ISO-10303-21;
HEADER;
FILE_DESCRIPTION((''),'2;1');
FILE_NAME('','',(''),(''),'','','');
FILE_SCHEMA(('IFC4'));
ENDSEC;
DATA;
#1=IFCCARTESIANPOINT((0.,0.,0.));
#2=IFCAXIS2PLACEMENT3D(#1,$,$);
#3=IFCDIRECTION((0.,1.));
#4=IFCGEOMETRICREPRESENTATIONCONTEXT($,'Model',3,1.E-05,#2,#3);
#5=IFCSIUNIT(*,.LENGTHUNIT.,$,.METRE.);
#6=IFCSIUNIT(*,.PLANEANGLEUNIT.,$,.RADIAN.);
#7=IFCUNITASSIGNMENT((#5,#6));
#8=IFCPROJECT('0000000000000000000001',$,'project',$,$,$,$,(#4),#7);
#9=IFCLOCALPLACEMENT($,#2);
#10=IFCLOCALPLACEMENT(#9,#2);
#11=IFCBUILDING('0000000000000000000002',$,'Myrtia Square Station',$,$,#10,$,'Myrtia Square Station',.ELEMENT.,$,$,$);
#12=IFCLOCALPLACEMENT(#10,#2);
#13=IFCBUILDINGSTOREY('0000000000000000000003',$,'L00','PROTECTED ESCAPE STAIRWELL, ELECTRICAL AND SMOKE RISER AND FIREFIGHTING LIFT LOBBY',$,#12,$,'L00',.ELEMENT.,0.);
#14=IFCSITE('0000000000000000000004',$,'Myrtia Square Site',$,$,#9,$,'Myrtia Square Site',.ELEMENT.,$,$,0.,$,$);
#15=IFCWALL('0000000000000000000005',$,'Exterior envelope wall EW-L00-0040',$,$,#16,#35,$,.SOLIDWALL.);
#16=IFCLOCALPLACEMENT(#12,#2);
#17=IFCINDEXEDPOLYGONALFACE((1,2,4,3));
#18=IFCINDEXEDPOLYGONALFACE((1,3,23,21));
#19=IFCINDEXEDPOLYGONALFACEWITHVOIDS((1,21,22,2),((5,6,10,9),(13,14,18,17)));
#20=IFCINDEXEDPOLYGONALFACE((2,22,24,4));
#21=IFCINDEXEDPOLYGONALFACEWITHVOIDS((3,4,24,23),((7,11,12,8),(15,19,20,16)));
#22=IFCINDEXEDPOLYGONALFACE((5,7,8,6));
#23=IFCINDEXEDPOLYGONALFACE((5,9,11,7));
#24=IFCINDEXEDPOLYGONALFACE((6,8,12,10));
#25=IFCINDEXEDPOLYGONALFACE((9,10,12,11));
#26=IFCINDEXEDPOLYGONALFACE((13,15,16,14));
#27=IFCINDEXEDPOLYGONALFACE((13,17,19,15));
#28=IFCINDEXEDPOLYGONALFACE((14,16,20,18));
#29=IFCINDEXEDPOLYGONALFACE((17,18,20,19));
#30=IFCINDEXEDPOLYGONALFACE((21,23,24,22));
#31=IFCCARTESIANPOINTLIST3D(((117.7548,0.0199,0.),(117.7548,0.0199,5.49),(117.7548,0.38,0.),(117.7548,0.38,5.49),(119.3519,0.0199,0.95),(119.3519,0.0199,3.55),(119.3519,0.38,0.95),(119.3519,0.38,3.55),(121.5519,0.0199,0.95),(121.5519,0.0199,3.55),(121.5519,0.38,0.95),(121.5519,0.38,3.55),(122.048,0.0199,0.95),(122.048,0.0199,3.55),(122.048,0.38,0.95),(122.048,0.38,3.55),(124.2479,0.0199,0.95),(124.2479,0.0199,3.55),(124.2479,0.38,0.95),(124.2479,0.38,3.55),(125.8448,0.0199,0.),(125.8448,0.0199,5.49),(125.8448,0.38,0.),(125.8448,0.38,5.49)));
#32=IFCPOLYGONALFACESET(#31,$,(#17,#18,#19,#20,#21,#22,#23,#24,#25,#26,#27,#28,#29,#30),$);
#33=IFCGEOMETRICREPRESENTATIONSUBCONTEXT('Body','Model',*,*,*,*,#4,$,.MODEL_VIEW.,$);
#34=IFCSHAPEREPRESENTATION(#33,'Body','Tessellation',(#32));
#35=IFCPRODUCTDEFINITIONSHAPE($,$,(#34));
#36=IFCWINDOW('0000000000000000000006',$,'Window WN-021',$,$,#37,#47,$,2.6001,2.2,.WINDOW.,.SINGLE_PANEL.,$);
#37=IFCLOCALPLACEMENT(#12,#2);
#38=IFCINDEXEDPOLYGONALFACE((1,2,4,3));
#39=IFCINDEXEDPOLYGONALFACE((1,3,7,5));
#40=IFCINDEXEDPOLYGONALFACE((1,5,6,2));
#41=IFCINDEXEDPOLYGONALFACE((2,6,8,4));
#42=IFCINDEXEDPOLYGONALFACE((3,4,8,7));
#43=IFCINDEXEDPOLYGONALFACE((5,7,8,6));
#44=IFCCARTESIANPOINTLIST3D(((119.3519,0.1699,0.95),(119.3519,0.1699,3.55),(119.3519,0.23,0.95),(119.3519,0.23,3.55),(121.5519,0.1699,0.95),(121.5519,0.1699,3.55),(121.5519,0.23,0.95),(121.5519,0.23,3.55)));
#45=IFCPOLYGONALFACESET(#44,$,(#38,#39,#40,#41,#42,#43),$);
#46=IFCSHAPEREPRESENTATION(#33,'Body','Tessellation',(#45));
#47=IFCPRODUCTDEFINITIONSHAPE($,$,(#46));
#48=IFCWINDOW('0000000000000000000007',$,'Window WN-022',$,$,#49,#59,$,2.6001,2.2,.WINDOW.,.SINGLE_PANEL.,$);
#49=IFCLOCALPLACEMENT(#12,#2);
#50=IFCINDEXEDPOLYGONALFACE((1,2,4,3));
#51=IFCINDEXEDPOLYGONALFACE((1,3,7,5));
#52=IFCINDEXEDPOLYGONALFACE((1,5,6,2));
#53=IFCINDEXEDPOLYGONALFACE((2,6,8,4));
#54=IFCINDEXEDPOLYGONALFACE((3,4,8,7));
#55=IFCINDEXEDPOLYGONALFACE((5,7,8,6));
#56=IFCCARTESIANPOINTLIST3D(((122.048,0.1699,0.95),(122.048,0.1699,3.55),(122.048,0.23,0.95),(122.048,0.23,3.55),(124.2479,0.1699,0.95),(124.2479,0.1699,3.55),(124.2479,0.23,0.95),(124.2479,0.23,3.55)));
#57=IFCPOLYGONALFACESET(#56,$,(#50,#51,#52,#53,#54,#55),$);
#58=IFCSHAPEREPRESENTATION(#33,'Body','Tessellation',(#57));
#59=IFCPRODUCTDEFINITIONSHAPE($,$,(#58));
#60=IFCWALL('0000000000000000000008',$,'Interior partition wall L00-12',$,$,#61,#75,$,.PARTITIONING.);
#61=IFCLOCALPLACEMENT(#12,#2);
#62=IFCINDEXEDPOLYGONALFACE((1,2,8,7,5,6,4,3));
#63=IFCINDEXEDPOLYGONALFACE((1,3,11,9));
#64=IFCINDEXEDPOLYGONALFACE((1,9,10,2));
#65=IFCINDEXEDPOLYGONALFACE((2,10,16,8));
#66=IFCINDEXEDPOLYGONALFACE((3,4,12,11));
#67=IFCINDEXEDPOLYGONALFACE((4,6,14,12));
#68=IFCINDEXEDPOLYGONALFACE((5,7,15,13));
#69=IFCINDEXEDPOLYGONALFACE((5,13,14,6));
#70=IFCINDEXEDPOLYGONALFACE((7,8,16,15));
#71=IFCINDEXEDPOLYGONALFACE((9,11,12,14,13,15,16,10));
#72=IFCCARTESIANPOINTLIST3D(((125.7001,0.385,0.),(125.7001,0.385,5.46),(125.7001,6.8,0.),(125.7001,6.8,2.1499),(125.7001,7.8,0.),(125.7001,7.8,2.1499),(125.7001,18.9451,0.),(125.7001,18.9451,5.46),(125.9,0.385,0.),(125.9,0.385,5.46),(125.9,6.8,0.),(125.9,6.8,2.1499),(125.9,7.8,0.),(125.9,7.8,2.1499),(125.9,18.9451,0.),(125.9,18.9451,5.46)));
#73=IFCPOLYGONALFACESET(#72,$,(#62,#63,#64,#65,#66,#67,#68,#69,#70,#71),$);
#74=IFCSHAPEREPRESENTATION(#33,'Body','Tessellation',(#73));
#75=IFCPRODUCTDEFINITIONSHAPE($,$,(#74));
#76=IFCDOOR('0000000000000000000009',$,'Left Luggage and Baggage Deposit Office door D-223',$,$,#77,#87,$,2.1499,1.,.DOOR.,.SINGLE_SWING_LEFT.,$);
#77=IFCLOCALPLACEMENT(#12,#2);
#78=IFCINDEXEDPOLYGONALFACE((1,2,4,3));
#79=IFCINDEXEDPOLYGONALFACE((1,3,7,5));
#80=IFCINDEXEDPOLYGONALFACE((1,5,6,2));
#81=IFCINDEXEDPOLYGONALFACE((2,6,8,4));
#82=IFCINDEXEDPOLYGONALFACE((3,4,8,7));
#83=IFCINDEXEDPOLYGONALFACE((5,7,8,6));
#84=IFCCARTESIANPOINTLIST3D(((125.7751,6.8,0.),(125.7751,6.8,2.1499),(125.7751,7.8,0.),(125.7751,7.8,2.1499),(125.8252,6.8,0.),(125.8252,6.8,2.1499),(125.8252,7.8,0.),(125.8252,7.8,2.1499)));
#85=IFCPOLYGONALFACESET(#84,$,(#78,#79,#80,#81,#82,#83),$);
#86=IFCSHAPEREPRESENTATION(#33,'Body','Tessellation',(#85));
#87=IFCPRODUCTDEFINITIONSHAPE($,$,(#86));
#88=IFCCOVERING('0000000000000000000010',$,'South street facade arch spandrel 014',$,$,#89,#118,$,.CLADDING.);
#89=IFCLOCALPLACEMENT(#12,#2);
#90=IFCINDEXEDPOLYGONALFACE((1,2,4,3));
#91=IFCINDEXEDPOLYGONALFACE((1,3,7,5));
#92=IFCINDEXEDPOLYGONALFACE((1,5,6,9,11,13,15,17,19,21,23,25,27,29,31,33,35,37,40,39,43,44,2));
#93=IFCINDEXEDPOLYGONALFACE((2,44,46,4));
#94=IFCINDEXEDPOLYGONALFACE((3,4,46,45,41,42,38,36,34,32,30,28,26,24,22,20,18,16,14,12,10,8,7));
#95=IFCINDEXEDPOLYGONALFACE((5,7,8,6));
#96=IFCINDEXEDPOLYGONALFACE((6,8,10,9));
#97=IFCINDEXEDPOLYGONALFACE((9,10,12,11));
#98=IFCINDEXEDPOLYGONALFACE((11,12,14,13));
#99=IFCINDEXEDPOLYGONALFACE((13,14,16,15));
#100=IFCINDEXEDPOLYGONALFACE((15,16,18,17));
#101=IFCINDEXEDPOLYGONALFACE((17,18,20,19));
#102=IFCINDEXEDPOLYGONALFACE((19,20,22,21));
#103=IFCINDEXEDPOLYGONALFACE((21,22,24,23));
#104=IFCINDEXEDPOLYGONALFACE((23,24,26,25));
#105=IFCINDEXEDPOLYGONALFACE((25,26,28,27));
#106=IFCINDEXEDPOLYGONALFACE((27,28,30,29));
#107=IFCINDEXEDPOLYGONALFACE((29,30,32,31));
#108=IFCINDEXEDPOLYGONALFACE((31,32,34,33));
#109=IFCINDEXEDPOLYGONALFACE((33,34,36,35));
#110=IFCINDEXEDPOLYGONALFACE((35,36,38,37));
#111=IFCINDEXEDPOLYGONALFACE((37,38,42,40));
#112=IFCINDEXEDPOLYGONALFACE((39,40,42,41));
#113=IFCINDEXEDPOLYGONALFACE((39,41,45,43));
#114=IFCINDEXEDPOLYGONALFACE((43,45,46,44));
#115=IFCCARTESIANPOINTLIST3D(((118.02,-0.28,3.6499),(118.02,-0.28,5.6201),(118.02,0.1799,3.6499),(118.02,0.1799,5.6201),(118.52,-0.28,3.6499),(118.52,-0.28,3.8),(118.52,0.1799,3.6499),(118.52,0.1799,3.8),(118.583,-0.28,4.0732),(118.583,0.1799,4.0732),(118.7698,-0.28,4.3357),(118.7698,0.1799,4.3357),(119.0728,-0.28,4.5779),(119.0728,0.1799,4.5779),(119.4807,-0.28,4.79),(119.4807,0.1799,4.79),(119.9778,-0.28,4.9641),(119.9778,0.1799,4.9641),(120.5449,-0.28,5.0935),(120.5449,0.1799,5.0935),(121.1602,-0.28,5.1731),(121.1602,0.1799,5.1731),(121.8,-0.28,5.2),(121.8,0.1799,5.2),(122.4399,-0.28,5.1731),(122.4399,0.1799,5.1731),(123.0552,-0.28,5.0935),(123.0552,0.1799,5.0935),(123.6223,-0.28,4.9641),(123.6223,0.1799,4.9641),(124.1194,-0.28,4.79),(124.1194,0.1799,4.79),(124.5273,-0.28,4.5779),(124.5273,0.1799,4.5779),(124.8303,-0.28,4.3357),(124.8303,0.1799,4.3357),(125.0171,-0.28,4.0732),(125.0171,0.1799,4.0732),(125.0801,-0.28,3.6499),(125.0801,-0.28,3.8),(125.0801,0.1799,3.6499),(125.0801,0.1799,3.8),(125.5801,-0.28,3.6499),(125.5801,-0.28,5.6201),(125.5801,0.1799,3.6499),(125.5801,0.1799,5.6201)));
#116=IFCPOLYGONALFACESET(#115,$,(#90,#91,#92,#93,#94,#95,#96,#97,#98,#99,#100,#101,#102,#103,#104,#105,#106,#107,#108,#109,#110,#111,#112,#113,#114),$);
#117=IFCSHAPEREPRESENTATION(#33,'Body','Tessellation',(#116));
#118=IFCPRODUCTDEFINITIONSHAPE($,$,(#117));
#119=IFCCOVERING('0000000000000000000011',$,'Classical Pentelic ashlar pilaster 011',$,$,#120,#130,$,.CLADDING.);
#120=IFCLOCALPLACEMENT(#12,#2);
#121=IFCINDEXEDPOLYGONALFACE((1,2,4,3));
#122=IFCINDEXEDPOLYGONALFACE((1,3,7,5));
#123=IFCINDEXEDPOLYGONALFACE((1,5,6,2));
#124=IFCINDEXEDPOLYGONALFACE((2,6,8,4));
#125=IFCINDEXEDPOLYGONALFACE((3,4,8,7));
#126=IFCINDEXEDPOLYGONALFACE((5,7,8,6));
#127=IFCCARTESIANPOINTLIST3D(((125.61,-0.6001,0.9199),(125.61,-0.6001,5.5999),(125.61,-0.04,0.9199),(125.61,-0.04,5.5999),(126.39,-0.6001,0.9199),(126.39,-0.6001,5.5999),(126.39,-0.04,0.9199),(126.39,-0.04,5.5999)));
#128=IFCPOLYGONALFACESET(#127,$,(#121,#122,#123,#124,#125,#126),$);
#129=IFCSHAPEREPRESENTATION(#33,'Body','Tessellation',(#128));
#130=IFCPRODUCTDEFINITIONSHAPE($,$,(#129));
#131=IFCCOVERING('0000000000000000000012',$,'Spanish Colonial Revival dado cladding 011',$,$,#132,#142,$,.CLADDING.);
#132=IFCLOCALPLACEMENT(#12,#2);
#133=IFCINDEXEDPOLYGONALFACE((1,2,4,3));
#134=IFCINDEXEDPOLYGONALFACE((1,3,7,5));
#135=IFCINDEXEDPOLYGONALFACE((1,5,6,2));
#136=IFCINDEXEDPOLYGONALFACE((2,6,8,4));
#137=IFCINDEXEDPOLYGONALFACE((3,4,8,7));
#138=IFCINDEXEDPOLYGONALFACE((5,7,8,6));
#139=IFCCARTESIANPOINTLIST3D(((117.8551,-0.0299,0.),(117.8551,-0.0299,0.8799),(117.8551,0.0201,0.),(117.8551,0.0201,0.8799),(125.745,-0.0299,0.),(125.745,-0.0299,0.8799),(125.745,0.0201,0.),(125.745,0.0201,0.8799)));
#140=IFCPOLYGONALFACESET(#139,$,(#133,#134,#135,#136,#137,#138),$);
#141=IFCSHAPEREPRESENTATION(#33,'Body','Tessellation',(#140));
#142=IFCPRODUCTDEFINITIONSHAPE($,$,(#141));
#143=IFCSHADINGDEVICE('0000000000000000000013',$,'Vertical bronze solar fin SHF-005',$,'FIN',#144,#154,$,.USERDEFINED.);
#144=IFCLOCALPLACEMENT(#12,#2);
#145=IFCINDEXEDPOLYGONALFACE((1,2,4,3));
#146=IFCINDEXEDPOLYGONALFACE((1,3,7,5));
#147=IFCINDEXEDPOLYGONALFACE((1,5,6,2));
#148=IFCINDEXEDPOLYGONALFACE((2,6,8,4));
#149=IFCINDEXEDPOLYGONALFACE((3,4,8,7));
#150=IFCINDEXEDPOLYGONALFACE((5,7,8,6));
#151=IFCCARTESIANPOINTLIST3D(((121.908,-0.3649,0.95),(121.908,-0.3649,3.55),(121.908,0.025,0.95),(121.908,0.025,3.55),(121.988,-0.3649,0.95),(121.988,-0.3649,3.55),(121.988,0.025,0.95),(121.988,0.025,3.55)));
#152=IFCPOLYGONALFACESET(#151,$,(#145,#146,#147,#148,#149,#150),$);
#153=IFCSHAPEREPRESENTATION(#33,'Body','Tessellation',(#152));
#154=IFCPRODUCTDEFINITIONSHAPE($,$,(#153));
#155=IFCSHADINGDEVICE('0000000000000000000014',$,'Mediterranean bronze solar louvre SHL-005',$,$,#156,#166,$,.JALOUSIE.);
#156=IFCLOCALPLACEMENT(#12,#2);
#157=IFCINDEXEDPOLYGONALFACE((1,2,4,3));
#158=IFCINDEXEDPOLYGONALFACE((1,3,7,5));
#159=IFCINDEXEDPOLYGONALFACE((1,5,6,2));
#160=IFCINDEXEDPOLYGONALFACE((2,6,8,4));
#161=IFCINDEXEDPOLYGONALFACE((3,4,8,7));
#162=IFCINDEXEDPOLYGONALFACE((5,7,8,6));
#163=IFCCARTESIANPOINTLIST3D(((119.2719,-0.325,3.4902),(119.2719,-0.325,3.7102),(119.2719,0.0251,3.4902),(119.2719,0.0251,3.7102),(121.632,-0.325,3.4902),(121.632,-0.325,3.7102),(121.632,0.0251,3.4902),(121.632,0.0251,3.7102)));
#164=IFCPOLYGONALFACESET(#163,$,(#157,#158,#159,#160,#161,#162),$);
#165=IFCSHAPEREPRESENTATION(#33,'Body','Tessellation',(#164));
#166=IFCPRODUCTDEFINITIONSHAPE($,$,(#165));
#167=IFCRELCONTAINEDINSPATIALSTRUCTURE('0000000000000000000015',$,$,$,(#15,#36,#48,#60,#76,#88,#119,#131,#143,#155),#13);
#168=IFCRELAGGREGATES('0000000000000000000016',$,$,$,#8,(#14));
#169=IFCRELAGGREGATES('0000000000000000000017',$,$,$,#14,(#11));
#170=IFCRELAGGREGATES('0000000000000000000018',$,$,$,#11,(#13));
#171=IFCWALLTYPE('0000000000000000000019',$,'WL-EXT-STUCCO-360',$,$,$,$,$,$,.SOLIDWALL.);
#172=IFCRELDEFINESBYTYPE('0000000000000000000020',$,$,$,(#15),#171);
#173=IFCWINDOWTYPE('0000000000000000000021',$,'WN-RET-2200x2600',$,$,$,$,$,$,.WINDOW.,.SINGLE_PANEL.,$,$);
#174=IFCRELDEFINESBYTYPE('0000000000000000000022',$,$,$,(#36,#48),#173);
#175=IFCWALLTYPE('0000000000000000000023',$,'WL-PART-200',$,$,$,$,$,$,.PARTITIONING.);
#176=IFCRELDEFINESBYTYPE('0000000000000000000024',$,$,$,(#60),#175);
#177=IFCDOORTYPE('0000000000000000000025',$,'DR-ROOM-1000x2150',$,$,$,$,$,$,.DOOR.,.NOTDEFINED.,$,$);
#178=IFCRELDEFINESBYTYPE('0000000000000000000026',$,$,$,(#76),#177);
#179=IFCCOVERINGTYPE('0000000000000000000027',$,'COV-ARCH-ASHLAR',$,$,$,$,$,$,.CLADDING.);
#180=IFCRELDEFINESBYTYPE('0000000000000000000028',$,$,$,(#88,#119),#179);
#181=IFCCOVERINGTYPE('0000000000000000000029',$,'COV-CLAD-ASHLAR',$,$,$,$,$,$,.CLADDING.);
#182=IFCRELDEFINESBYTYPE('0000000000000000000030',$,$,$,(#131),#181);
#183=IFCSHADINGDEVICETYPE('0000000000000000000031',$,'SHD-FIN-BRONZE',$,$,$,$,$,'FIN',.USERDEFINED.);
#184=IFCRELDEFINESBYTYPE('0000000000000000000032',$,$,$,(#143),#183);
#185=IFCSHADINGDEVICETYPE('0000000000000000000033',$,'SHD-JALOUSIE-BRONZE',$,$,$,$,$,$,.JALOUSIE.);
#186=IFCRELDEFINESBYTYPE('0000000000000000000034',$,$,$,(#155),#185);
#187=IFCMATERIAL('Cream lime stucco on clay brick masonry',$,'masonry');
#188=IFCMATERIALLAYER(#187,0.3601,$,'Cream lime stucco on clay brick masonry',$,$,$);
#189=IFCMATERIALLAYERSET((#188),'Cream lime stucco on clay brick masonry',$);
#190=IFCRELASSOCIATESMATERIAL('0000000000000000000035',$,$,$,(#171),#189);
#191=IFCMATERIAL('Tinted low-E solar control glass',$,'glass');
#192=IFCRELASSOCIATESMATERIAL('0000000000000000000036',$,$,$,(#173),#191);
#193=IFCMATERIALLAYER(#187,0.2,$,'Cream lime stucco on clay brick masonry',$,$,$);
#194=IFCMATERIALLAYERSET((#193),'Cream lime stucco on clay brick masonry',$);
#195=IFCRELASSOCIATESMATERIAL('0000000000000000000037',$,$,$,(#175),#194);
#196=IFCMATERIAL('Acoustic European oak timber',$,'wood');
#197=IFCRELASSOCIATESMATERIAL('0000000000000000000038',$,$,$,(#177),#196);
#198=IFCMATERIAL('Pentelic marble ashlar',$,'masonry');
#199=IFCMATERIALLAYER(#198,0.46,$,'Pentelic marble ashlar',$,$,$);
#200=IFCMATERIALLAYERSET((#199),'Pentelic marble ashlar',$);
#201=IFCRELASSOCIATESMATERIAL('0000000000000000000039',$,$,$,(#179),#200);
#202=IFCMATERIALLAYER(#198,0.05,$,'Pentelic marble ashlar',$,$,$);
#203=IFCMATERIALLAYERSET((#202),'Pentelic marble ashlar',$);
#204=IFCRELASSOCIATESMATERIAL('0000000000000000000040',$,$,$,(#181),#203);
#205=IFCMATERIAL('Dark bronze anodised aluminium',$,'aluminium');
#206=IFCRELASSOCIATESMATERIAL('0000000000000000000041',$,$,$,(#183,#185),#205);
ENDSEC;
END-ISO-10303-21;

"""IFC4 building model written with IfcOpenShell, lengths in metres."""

from ifc_helpers import new_model, si_unit, direction, frame, frame_2d, origin, origin_2d, place, context, subcontext, project, spatial, polyline, rectangle, outline, extrude, material, layer, layer_set, type_object, element, fill, save


model = new_model("IFC4")

# Units and contexts
model_context = context("Model", 3, precision=1e-05, world=origin(), true_north=direction((0.0, 1.0)))
body_context = subcontext(model_context, "Body", "Model", "MODEL_VIEW")
ifc_project = project(units=[si_unit("LENGTHUNIT", "METRE"), si_unit("PLANEANGLEUNIT", "RADIAN")], contexts=[model_context])

# Site, building, storey
site_placement = place(None, origin())
site = spatial("IfcSite", under=ifc_project, at=site_placement, Name="Myrtia Square Site", LongName="Myrtia Square Site", CompositionType="ELEMENT", RefElevation=0.0)
building_placement = place(site_placement, origin())
building = spatial("IfcBuilding", under=site, at=building_placement, Name="Myrtia Square Station", LongName="Myrtia Square Station", CompositionType="ELEMENT")
storey_placement = place(building_placement, origin())
storey = spatial("IfcBuildingStorey", under=building, at=storey_placement, Name="L00", Description="PROTECTED ESCAPE STAIRWELL, ELECTRICAL AND SMOKE RISER AND FIREFIGHTING LIFT LOBBY", LongName="L00", CompositionType="ELEMENT", Elevation=0.0)

# Shared definitions
ifc_material_1 = material(Name="Dark bronze anodised aluminium", Category="aluminium")

# Wall, openings, windows
ifc_material_2 = material(Name="Cream lime stucco on clay brick masonry", Category="masonry")
ifc_layer_1 = layer(ifc_material_2, 0.3601, Name="Cream lime stucco on clay brick masonry")
ifc_layer_set_1 = layer_set([ifc_layer_1], Name="Cream lime stucco on clay brick masonry")
wall_type_1 = type_object("IfcWallType", Name="WL-EXT-STUCCO-360", PredefinedType="SOLIDWALL", material=ifc_layer_set_1)
wall_1_placement = place(storey_placement, frame((117.7549, 0.2, 0.0), z_axis=(0.0, 0.0, 1.0), x_axis=(1.0, 0.0, 0.0)))
wall_1 = element("IfcWall", 1, at=wall_1_placement, inside=storey, type_object=wall_type_1, Name="Exterior envelope wall EW-L00-0040", PredefinedType="SOLIDWALL", context=body_context, shape_type="SweptSolid", body=[
    extrude(rectangle(XDim=8.0901, YDim=0.3601, at=frame_2d((4.0449, 0.0))), origin(), (0.0, 0.0, 1.0), 5.49),
])
opening_1_placement = place(wall_1_placement, frame((1.5969, 0.0, 0.95)))
opening_1 = element("IfcOpeningElement", 2, at=opening_1_placement, cuts=wall_1, PredefinedType="OPENING", context=body_context, shape_type="SweptSolid", body=[
    extrude(rectangle(XDim=2.2, YDim=2.6001, at=frame_2d((1.1001, 1.3))), frame((0.0, 0.1951, 0.0), z_axis=(0.0, -1.0, 0.0), x_axis=(1.0, 0.0, 0.0)), (0.0, 0.0, 1.0), 0.3901),
])
opening_2_placement = place(wall_1_placement, frame((4.293, 0.0, 0.95)))
opening_2 = element("IfcOpeningElement", 3, at=opening_2_placement, cuts=wall_1, PredefinedType="OPENING", context=body_context, shape_type="SweptSolid", body=[
    extrude(rectangle(XDim=2.2, YDim=2.6001, at=frame_2d((1.1001, 1.3))), frame((0.0, 0.1951, 0.0), z_axis=(0.0, -1.0, 0.0), x_axis=(1.0, 0.0, 0.0)), (0.0, 0.0, 1.0), 0.3901),
])
ifc_material_3 = material(Name="Tinted low-E solar control glass", Category="glass")
window_type = type_object("IfcWindowType", Name="WN-RET-2200x2600", PartitioningType="SINGLE_PANEL", PredefinedType="WINDOW", material=ifc_material_3)
window_1_placement = place(opening_1_placement, origin())
window_1 = element("IfcWindow", 4, at=window_1_placement, inside=storey, type_object=window_type, Name="Window WN-021", OverallHeight=2.6001, OverallWidth=2.2, PartitioningType="SINGLE_PANEL", PredefinedType="WINDOW", context=body_context, shape_type="SweptSolid", body=[
    extrude(rectangle(XDim=2.2, YDim=2.6001, at=frame_2d((1.1001, 1.3))), frame((0.0, 0.03, 0.0), z_axis=(0.0, -1.0, 0.0), x_axis=(1.0, 0.0, 0.0)), (0.0, 0.0, 1.0), 0.0601),
])
fill(opening_1, window_1)
window_2_placement = place(opening_2_placement, origin())
window_2 = element("IfcWindow", 5, at=window_2_placement, inside=storey, type_object=window_type, Name="Window WN-022", OverallHeight=2.6001, OverallWidth=2.2, PartitioningType="SINGLE_PANEL", PredefinedType="WINDOW", context=body_context, shape_type="SweptSolid", body=[
    extrude(rectangle(XDim=2.2, YDim=2.6001, at=frame_2d((1.1001, 1.3))), frame((0.0, 0.03, 0.0), z_axis=(0.0, -1.0, 0.0), x_axis=(1.0, 0.0, 0.0)), (0.0, 0.0, 1.0), 0.0601),
])
fill(opening_2, window_2)

# Wall, opening, door
ifc_layer_2 = layer(ifc_material_2, 0.2, Name="Cream lime stucco on clay brick masonry")
ifc_layer_set_2 = layer_set([ifc_layer_2], Name="Cream lime stucco on clay brick masonry")
wall_type_2 = type_object("IfcWallType", Name="WL-PART-200", PredefinedType="PARTITIONING", material=ifc_layer_set_2)
wall_2_placement = place(storey_placement, frame((125.8, 0.385, 0.0), z_axis=(0.0, 0.0, 1.0), x_axis=(0.0, 1.0, 0.0)))
wall_2 = element("IfcWall", 6, at=wall_2_placement, inside=storey, type_object=wall_type_2, Name="Interior partition wall L00-12", PredefinedType="PARTITIONING", context=body_context, shape_type="SweptSolid", body=[
    extrude(rectangle(XDim=18.5601, YDim=0.2, at=frame_2d((9.28, 0.0))), origin(), (0.0, 0.0, 1.0), 5.46),
])
opening_3_placement = place(wall_2_placement, frame((6.415, 0.0, 0.0)))
opening_3 = element("IfcOpeningElement", 7, at=opening_3_placement, cuts=wall_2, PredefinedType="OPENING", context=body_context, shape_type="SweptSolid", body=[
    extrude(rectangle(XDim=1.0, YDim=2.1499, at=frame_2d((0.5, 1.075))), frame((0.0, 0.115, 0.0), z_axis=(0.0, -1.0, 0.0), x_axis=(1.0, 0.0, 0.0)), (0.0, 0.0, 1.0), 0.23),
])
ifc_material_4 = material(Name="Acoustic European oak timber", Category="wood")
door_type_1 = type_object("IfcDoorType", Name="DR-ROOM-1000x2150", OperationType="NOTDEFINED", PredefinedType="DOOR", material=ifc_material_4)
door_1_placement = place(opening_3_placement, origin())
door_1 = element("IfcDoor", 8, at=door_1_placement, inside=storey, type_object=door_type_1, Name="Left Luggage and Baggage Deposit Office door D-223", OperationType="SINGLE_SWING_LEFT", OverallHeight=2.1499, OverallWidth=1.0, PredefinedType="DOOR", context=body_context, shape_type="SweptSolid", body=[
    extrude(rectangle(XDim=1.0, YDim=2.1499, at=frame_2d((0.5, 1.075))), frame((0.0, 0.0249, 0.0), z_axis=(0.0, -1.0, 0.0), x_axis=(1.0, 0.0, 0.0)), (0.0, 0.0, 1.0), 0.05),
])
fill(opening_3, door_1)

# Coverings
ifc_material_5 = material(Name="Pentelic marble ashlar", Category="masonry")
ifc_layer_3 = layer(ifc_material_5, 0.46, Name="Pentelic marble ashlar")
ifc_layer_set_3 = layer_set([ifc_layer_3], Name="Pentelic marble ashlar")
covering_type_1 = type_object("IfcCoveringType", Name="COV-ARCH-ASHLAR", PredefinedType="CLADDING", material=ifc_layer_set_3)
covering_1_placement = place(storey_placement, frame((118.02, -0.05, 3.6499), z_axis=(0.0, 0.0, 1.0), x_axis=(1.0, 0.0, 0.0)))
element("IfcCovering", 9, at=covering_1_placement, inside=storey, type_object=covering_type_1, Name="South street facade arch spandrel 014", PredefinedType="CLADDING", context=body_context, shape_type="SweptSolid", body=[
    extrude(outline(polyline([(0.0, 0.0), (0.5, 0.0), (0.5, 0.1501), (0.563, 0.4233), (0.7498, 0.6858), (1.0527, 0.928), (1.4607, 1.1401), (1.9578, 1.3142), (2.5249, 1.4436), (3.1401, 1.5232), (3.78, 1.55), (4.4199, 1.5232), (5.0352, 1.4436), (5.6023, 1.3142), (6.0994, 1.1401), (6.5073, 0.928), (6.8103, 0.6858), (6.9971, 0.4233), (7.0601, 0.1501), (7.0601, 0.0), (7.5601, 0.0), (7.5601, 1.9702), (0.0, 1.9702), (0.0, 0.0)])), frame((0.0, 0.23, 0.0), z_axis=(0.0, -1.0, 0.0), x_axis=(1.0, 0.0, 0.0)), (0.0, 0.0, 1.0), 0.46),
])
covering_2_placement = place(storey_placement, frame((126.0, -0.3201, 0.9199), z_axis=(0.0, 0.0, 1.0), x_axis=(1.0, 0.0, 0.0)))
element("IfcCovering", 10, at=covering_2_placement, inside=storey, type_object=covering_type_1, Name="Classical Pentelic ashlar pilaster 011", PredefinedType="CLADDING", context=body_context, shape_type="SweptSolid", body=[
    extrude(rectangle(XDim=0.78, YDim=0.5601, at=origin_2d()), origin(), (0.0, 0.0, 1.0), 4.6799),
])
ifc_layer_4 = layer(ifc_material_5, 0.05, Name="Pentelic marble ashlar")
ifc_layer_set_4 = layer_set([ifc_layer_4], Name="Pentelic marble ashlar")
covering_type_2 = type_object("IfcCoveringType", Name="COV-CLAD-ASHLAR", PredefinedType="CLADDING", material=ifc_layer_set_4)
covering_3_placement = place(storey_placement, frame((121.8, -0.0049, 0.0), z_axis=(0.0, 0.0, 1.0), x_axis=(1.0, 0.0, 0.0)))
element("IfcCovering", 11, at=covering_3_placement, inside=storey, type_object=covering_type_2, Name="Spanish Colonial Revival dado cladding 011", PredefinedType="CLADDING", context=body_context, shape_type="SweptSolid", body=[
    extrude(rectangle(XDim=7.8899, YDim=0.05, at=origin_2d()), origin(), (0.0, 0.0, 1.0), 0.8799),
])

# Shading devices
shading_device_type_1 = type_object("IfcShadingDeviceType", Name="SHD-FIN-BRONZE", ElementType="FIN", PredefinedType="USERDEFINED", material=ifc_material_1)
shading_device_1_placement = place(storey_placement, frame((121.948, -0.1699, 0.95), z_axis=(0.0, 0.0, 1.0), x_axis=(1.0, 0.0, 0.0)))
element("IfcShadingDevice", 12, at=shading_device_1_placement, inside=storey, type_object=shading_device_type_1, Name="Vertical bronze solar fin SHF-005", ObjectType="FIN", PredefinedType="USERDEFINED", context=body_context, shape_type="SweptSolid", body=[
    extrude(rectangle(XDim=0.0801, YDim=0.3899, at=origin_2d()), origin(), (0.0, 0.0, 1.0), 2.6001),
])
shading_device_type_2 = type_object("IfcShadingDeviceType", Name="SHD-JALOUSIE-BRONZE", PredefinedType="JALOUSIE", material=ifc_material_1)
shading_device_2_placement = place(storey_placement, frame((120.4519, -0.1499, 3.4902), z_axis=(0.0, 0.0, 1.0), x_axis=(1.0, 0.0, 0.0)))
element("IfcShadingDevice", 13, at=shading_device_2_placement, inside=storey, type_object=shading_device_type_2, Name="Mediterranean bronze solar louvre SHL-005", PredefinedType="JALOUSIE", context=body_context, shape_type="SweptSolid", body=[
    extrude(rectangle(XDim=2.3601, YDim=0.3501, at=origin_2d()), origin(), (0.0, 0.0, 1.0), 0.22),
])

save(model, "model.ifc")
